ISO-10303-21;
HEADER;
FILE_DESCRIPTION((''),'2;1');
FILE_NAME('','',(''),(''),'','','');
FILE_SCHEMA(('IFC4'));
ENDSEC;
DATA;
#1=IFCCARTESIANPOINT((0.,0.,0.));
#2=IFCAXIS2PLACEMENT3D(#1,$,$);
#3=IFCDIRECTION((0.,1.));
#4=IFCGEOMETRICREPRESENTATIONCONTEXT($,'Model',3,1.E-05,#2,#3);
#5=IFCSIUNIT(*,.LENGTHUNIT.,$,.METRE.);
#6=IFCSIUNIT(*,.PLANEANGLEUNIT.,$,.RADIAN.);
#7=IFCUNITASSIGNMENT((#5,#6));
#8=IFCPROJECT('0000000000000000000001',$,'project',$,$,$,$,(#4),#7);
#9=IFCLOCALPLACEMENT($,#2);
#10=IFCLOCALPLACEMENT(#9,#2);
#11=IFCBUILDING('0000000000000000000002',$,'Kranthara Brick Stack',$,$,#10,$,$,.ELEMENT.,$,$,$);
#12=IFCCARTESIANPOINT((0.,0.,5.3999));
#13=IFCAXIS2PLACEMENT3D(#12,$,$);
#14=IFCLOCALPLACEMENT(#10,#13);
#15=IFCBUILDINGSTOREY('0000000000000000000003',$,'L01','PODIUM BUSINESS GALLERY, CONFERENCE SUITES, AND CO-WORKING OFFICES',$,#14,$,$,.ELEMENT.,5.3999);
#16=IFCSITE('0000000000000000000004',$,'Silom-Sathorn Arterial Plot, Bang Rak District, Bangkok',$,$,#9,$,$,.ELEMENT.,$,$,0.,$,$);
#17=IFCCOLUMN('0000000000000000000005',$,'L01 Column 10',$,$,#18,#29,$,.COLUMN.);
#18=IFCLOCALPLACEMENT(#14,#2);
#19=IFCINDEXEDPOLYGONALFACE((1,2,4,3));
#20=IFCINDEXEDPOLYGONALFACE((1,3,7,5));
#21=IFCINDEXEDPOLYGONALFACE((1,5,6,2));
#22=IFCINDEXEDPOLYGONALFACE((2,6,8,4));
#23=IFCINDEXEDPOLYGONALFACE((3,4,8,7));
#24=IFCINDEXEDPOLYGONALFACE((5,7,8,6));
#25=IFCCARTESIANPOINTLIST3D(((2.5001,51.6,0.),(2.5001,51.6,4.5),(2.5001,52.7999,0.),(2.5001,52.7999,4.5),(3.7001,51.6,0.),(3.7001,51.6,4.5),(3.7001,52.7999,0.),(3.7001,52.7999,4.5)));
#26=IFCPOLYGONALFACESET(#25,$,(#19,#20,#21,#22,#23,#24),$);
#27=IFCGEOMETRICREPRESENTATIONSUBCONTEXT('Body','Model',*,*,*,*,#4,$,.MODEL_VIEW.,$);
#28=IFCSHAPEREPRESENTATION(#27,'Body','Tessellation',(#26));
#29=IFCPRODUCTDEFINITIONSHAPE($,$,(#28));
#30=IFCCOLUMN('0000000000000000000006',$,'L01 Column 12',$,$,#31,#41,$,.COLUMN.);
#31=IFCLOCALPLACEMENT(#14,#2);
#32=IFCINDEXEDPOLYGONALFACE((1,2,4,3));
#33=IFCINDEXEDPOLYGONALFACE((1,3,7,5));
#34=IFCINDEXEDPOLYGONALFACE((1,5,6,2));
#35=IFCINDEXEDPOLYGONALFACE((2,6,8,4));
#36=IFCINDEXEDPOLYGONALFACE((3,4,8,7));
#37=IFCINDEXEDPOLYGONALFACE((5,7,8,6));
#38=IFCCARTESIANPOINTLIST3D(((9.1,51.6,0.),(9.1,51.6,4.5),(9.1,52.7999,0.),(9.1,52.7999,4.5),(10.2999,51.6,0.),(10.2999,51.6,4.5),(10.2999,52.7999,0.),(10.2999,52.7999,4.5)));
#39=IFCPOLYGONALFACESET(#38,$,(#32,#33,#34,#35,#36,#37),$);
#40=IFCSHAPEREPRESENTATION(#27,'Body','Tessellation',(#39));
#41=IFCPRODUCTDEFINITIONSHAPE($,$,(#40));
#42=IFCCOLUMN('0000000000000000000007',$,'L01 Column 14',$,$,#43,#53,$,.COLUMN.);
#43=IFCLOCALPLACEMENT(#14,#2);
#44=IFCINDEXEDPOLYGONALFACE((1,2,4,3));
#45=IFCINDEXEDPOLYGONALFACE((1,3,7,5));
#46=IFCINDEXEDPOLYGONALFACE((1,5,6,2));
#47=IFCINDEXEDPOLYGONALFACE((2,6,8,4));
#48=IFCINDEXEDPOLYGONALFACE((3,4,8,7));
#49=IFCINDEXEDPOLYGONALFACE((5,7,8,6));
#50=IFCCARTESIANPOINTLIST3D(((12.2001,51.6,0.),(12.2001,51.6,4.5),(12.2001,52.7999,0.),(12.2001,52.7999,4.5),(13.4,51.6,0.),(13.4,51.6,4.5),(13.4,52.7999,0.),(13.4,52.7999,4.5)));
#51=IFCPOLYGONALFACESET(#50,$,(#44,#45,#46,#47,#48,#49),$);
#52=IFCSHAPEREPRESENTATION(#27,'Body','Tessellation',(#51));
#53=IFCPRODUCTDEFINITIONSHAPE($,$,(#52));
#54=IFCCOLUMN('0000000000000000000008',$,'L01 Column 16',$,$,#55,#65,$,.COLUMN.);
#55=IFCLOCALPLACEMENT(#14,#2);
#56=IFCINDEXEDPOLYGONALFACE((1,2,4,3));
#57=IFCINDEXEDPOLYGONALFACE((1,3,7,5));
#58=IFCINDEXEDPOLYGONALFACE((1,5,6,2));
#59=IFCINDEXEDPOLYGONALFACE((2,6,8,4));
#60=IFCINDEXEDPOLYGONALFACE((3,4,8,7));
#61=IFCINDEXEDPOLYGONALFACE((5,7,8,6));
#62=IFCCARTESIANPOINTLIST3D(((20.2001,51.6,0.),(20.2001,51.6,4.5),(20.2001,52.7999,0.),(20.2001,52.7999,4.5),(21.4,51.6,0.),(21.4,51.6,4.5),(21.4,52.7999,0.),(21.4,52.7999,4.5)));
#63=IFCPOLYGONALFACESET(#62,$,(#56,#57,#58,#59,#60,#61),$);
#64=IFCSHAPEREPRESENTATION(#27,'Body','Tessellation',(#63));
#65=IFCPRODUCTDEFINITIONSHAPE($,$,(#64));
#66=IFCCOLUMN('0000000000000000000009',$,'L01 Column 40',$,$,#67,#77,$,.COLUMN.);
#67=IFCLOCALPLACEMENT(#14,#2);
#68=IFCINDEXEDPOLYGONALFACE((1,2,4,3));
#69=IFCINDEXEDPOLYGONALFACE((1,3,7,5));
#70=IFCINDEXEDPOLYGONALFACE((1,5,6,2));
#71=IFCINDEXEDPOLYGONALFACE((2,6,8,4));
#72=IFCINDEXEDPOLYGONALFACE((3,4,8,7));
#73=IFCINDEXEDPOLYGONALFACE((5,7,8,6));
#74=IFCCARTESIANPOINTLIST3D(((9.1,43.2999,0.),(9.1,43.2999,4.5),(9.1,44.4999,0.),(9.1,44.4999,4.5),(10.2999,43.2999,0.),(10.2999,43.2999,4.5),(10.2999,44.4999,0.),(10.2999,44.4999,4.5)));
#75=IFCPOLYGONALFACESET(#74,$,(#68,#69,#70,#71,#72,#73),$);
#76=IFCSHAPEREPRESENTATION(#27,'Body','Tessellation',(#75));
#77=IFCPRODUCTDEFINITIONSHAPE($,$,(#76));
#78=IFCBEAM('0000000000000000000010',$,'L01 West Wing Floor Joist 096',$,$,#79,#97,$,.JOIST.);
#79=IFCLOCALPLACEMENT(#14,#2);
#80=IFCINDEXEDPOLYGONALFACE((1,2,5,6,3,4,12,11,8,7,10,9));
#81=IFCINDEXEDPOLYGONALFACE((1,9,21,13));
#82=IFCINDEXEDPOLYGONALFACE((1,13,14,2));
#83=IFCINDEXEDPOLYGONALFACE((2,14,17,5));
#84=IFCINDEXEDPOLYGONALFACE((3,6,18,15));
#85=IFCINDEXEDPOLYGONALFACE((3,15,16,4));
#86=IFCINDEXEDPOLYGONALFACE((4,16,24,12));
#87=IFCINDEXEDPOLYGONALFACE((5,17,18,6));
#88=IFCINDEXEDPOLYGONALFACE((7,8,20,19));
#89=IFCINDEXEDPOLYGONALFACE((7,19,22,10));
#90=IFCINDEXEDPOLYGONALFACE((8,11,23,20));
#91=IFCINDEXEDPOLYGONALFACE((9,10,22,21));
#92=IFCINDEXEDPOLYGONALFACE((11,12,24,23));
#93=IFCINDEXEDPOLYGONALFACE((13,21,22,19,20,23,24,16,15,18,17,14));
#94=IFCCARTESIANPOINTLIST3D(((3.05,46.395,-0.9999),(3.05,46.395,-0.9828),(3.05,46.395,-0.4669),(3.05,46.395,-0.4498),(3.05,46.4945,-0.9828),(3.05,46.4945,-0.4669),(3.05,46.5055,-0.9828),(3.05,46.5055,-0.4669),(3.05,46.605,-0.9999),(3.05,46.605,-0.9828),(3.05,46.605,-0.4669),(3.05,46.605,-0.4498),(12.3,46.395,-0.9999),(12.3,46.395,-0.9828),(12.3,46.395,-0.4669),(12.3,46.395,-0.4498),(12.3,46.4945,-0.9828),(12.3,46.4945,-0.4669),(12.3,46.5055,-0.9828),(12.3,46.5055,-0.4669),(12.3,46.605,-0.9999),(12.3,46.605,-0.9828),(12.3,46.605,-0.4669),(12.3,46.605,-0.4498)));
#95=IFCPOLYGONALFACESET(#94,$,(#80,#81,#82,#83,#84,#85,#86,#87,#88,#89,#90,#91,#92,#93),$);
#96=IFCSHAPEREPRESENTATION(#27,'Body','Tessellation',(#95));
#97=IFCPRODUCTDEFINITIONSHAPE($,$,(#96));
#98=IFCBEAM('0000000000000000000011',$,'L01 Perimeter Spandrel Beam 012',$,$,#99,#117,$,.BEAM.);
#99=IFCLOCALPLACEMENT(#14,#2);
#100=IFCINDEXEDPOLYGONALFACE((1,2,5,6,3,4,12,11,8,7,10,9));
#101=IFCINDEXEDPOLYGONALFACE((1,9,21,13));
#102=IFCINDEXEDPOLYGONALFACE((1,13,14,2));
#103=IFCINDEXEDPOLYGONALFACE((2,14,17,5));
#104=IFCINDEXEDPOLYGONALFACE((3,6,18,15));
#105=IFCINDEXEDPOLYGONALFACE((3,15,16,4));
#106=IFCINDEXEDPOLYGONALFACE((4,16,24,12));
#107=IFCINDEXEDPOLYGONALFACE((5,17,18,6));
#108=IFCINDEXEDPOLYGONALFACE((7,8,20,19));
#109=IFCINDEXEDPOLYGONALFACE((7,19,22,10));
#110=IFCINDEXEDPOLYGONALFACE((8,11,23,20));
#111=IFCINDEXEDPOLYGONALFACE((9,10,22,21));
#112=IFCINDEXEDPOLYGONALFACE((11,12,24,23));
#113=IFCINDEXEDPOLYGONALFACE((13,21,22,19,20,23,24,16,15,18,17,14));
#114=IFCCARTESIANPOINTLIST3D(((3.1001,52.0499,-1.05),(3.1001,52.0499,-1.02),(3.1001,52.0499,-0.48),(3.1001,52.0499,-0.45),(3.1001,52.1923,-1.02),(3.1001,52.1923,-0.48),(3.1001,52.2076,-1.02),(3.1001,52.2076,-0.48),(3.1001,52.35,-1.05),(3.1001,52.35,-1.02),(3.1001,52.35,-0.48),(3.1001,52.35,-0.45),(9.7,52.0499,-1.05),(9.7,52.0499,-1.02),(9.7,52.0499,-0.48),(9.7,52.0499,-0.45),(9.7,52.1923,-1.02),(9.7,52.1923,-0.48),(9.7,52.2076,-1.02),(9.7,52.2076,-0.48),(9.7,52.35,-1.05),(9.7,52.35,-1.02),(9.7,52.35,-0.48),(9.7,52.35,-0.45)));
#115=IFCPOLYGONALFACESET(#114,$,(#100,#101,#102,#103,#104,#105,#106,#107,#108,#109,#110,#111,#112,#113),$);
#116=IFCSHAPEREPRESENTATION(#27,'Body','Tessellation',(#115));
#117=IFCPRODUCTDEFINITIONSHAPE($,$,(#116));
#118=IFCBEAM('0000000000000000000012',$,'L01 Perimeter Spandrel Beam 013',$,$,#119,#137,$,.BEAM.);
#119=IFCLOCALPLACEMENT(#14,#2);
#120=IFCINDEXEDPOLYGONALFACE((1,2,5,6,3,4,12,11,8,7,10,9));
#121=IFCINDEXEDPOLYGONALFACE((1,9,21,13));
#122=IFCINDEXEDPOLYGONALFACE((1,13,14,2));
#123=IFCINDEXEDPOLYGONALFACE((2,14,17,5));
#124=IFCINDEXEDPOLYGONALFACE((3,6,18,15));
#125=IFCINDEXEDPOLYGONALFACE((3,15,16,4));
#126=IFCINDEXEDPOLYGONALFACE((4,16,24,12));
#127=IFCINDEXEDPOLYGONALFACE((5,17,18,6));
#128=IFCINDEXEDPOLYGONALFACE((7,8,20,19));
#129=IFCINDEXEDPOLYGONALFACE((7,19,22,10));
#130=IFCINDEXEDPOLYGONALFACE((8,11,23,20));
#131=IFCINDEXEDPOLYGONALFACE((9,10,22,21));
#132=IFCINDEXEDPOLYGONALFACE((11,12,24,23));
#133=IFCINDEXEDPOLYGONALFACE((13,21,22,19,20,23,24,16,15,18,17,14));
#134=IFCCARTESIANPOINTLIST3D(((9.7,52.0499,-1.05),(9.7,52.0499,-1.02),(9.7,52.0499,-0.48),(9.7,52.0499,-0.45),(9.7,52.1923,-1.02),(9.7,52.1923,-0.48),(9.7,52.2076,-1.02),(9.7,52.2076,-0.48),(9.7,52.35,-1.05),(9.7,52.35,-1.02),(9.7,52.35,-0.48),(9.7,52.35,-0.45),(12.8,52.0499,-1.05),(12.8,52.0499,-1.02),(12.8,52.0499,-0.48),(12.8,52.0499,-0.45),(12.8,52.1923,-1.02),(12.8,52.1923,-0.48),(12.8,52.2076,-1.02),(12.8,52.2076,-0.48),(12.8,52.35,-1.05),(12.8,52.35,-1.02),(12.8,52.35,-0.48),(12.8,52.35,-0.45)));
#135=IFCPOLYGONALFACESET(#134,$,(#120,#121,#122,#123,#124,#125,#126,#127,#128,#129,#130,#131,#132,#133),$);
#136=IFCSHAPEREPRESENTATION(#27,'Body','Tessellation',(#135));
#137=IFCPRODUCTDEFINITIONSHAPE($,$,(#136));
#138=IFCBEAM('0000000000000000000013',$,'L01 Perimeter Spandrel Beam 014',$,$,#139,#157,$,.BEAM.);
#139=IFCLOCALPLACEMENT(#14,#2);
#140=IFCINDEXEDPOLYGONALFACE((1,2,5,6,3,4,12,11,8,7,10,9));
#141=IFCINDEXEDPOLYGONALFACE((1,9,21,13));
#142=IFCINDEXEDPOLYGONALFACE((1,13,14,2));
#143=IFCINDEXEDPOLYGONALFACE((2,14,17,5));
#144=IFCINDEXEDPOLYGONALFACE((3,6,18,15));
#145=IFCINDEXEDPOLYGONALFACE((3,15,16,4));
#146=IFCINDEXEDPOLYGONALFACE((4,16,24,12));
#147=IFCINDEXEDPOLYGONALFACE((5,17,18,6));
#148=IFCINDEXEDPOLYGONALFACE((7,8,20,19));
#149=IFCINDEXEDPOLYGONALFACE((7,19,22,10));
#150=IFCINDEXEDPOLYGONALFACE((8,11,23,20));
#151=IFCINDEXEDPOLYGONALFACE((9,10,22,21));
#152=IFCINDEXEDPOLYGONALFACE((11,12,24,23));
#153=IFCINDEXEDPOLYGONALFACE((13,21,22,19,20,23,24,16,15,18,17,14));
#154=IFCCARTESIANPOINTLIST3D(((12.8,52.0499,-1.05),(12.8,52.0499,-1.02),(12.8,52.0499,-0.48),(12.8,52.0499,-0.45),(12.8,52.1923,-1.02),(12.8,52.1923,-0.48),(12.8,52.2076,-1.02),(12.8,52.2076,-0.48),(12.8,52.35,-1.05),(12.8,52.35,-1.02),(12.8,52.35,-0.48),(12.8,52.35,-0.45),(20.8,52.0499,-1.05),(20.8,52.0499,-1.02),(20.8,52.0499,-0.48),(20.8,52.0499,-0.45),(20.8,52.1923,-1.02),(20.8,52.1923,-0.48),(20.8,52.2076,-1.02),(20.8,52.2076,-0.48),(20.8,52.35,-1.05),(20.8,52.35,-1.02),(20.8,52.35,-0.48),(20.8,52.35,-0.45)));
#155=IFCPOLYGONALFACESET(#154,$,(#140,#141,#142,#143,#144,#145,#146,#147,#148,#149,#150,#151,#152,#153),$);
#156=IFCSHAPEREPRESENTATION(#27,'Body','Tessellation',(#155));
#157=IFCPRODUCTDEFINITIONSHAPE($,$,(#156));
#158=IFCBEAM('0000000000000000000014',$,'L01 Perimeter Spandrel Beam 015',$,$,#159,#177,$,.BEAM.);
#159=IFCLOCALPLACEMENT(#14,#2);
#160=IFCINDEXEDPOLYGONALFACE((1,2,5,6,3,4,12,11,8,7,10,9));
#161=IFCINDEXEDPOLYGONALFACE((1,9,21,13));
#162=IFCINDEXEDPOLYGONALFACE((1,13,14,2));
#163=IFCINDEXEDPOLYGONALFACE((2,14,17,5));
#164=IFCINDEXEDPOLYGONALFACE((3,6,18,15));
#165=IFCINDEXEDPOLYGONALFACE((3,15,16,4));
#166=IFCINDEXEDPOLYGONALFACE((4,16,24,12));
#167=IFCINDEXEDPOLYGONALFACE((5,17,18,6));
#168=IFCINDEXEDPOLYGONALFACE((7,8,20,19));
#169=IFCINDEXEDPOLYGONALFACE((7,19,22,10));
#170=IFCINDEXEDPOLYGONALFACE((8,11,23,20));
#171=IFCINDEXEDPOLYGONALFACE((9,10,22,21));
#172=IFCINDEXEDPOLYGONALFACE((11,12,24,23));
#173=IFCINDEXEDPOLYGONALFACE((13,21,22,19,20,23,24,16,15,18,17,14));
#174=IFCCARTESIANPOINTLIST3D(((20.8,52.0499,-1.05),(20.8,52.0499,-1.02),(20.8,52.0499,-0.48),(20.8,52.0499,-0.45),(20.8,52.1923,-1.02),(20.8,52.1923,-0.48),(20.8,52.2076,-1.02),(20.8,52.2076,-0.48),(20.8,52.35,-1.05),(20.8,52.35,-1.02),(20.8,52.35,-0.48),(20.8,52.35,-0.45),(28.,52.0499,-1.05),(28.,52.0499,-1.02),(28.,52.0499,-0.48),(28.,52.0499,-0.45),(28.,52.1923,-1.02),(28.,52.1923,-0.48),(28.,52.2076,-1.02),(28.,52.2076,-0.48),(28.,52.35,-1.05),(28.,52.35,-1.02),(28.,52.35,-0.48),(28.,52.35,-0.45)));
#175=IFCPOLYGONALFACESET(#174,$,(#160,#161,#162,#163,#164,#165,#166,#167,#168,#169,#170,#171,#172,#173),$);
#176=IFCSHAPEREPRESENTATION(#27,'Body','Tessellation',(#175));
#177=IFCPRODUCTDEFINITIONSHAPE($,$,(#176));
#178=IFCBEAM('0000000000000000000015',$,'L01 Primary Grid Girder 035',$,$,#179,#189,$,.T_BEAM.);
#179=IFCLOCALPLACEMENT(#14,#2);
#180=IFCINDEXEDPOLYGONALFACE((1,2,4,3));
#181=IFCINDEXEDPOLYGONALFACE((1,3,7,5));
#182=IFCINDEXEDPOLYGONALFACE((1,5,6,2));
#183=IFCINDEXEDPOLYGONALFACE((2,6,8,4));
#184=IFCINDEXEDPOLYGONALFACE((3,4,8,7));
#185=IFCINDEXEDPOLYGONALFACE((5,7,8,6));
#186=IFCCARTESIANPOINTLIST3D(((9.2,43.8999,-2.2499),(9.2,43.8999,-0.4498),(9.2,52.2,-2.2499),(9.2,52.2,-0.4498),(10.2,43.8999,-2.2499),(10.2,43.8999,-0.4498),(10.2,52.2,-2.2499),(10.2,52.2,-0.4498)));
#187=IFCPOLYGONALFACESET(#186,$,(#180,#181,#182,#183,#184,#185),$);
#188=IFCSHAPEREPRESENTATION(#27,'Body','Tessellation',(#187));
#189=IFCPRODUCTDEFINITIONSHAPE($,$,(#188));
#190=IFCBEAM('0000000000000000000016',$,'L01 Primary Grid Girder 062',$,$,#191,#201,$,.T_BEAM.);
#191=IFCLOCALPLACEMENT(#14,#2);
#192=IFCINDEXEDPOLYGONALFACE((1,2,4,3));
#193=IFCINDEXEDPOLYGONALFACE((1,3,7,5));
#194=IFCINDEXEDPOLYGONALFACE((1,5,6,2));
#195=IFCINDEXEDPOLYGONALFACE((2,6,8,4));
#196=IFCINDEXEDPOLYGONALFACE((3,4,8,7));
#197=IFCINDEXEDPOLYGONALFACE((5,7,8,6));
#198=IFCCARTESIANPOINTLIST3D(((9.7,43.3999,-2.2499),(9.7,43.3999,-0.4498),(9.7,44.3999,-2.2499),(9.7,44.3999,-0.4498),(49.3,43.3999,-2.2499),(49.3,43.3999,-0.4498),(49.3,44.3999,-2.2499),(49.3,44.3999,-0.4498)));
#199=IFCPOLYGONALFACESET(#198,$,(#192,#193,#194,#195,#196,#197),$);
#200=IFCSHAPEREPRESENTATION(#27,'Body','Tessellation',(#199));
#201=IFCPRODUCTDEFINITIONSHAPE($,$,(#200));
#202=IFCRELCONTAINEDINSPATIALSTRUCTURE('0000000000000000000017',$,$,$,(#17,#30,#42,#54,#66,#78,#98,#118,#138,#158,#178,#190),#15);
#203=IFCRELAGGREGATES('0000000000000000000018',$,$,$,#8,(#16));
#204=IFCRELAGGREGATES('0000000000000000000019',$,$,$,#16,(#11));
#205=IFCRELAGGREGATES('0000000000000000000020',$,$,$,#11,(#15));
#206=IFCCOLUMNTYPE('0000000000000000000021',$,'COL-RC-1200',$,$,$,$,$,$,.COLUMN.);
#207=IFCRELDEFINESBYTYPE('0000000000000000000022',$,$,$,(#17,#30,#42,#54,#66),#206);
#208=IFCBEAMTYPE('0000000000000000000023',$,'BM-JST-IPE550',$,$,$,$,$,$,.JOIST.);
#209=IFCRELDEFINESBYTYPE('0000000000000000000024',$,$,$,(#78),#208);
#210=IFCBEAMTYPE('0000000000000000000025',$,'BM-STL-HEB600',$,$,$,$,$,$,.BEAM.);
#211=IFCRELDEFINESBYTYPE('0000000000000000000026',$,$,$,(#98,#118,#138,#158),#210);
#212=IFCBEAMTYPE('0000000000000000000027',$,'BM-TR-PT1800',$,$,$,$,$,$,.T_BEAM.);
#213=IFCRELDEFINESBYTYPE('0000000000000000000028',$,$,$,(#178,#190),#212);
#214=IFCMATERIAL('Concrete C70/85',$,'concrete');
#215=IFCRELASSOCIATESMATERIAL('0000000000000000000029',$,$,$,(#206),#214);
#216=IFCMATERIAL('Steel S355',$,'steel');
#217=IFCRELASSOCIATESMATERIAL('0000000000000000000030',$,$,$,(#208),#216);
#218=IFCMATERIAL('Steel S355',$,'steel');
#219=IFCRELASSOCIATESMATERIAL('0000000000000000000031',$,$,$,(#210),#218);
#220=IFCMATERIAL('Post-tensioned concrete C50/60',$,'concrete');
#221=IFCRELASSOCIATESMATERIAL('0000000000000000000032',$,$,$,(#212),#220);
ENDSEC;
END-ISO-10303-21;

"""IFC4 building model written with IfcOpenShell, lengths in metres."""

from ifc_helpers import new_model, si_unit, direction, frame, origin, origin_2d, place, context, subcontext, project, spatial, rectangle, i_section, extrude, material, material_profile, profile_set, type_object, element, save


model = new_model("IFC4")

# Units and contexts
model_context = context("Model", 3, precision=1e-05, world=origin(), true_north=direction((0.0, 1.0)))
body_context = subcontext(model_context, "Body", "Model", "MODEL_VIEW")
ifc_project = project(units=[si_unit("LENGTHUNIT", "METRE"), si_unit("PLANEANGLEUNIT", "RADIAN")], contexts=[model_context])

# Site, building, storey
site_placement = place(None, origin())
site = spatial("IfcSite", under=ifc_project, at=site_placement, Name="Silom-Sathorn Arterial Plot, Bang Rak District, Bangkok", CompositionType="ELEMENT", RefElevation=0.0)
building_placement = place(site_placement, origin())
building = spatial("IfcBuilding", under=site, at=building_placement, Name="Kranthara Brick Stack", CompositionType="ELEMENT")
storey_placement = place(building_placement, frame((0.0, 0.0, 5.3999)))
storey = spatial("IfcBuildingStorey", under=building, at=storey_placement, Name="L01", Description="PODIUM BUSINESS GALLERY, CONFERENCE SUITES, AND CO-WORKING OFFICES", CompositionType="ELEMENT", Elevation=5.3999)

# Columns
ifc_material_1 = material(Name="Concrete C70/85", Category="concrete")
ifc_material_profile_1 = material_profile(ifc_material_1, rectangle(XDim=1.2, YDim=1.2, at=origin_2d()), Name="RC 1200x1200")
ifc_profile_set_1 = profile_set([ifc_material_profile_1], Name="Concrete C70/85")
column_type = type_object("IfcColumnType", Name="COL-RC-1200", PredefinedType="COLUMN", material=ifc_profile_set_1)
for number, where, z_axis, x_axis, name in (
    (1, (3.1001, 52.2, 0.0), (0.0, 0.0, 1.0), (1.0, 0.0, 0.0), "L01 Column 10"),
    (2, (9.7, 52.2, 0.0), (0.0, 0.0, 1.0), (1.0, 0.0, 0.0), "L01 Column 12"),
    (3, (12.8, 52.2, 0.0), (0.0, 0.0, 1.0), (1.0, 0.0, 0.0), "L01 Column 14"),
    (4, (20.8, 52.2, 0.0), (0.0, 0.0, 1.0), (1.0, 0.0, 0.0), "L01 Column 16"),
    (5, (9.7, 43.8999, 0.0), (0.0, 0.0, 1.0), (1.0, 0.0, 0.0), "L01 Column 40"),
):
    element("IfcColumn", number, at=place(storey_placement, frame(where, z_axis=z_axis, x_axis=x_axis)), inside=storey, type_object=column_type, Name=name, PredefinedType="COLUMN", context=body_context, shape_type="SweptSolid", body=[
        extrude(rectangle(XDim=1.2, YDim=1.2, at=origin_2d()), origin(), (0.0, 0.0, 1.0), 4.5),
    ])

# Beams
ifc_material_2 = material(Name="Steel S355", Category="steel")
ifc_material_profile_2 = material_profile(ifc_material_2, i_section(OverallWidth=0.21, OverallDepth=0.55, WebThickness=0.011, FlangeThickness=0.0171, at=origin_2d()), Name="IPE 550")
ifc_profile_set_2 = profile_set([ifc_material_profile_2], Name="Steel S355")
beam_type_1 = type_object("IfcBeamType", Name="BM-JST-IPE550", PredefinedType="JOIST", material=ifc_profile_set_2)
beam_1_placement = place(storey_placement, frame((3.05, 46.5, -0.7249), z_axis=(1.0, 0.0, 0.0), x_axis=(0.0, 1.0, 0.0)))
element("IfcBeam", 6, at=beam_1_placement, inside=storey, type_object=beam_type_1, Name="L01 West Wing Floor Joist 096", PredefinedType="JOIST", context=body_context, shape_type="SweptSolid", body=[
    extrude(i_section(OverallWidth=0.21, OverallDepth=0.55, WebThickness=0.011, FlangeThickness=0.0171, at=origin_2d()), origin(), (0.0, 0.0, 1.0), 9.25),
])
ifc_material_3 = material(Name="Steel S355", Category="steel")
ifc_material_profile_3 = material_profile(ifc_material_3, i_section(OverallWidth=0.3, OverallDepth=0.6001, WebThickness=0.0154, FlangeThickness=0.03, at=origin_2d()), Name="HEB 600")
ifc_profile_set_3 = profile_set([ifc_material_profile_3], Name="Steel S355")
beam_type_2 = type_object("IfcBeamType", Name="BM-STL-HEB600", PredefinedType="BEAM", material=ifc_profile_set_3)
beam_2_placement = place(storey_placement, frame((3.1001, 52.2, -0.75), z_axis=(1.0, 0.0, 0.0), x_axis=(0.0, 1.0, 0.0)))
element("IfcBeam", 7, at=beam_2_placement, inside=storey, type_object=beam_type_2, Name="L01 Perimeter Spandrel Beam 012", PredefinedType="BEAM", context=body_context, shape_type="SweptSolid", body=[
    extrude(i_section(OverallWidth=0.3, OverallDepth=0.6001, WebThickness=0.0154, FlangeThickness=0.03, at=origin_2d()), origin(), (0.0, 0.0, 1.0), 6.5999),
])
beam_3_placement = place(storey_placement, frame((9.7, 52.2, -0.75), z_axis=(1.0, 0.0, 0.0), x_axis=(0.0, 1.0, 0.0)))
element("IfcBeam", 8, at=beam_3_placement, inside=storey, type_object=beam_type_2, Name="L01 Perimeter Spandrel Beam 013", PredefinedType="BEAM", context=body_context, shape_type="SweptSolid", body=[
    extrude(i_section(OverallWidth=0.3, OverallDepth=0.6001, WebThickness=0.0154, FlangeThickness=0.03, at=origin_2d()), origin(), (0.0, 0.0, 1.0), 3.1001),
])
beam_4_placement = place(storey_placement, frame((12.8, 52.2, -0.75), z_axis=(1.0, 0.0, 0.0), x_axis=(0.0, 1.0, 0.0)))
element("IfcBeam", 9, at=beam_4_placement, inside=storey, type_object=beam_type_2, Name="L01 Perimeter Spandrel Beam 014", PredefinedType="BEAM", context=body_context, shape_type="SweptSolid", body=[
    extrude(i_section(OverallWidth=0.3, OverallDepth=0.6001, WebThickness=0.0154, FlangeThickness=0.03, at=origin_2d()), origin(), (0.0, 0.0, 1.0), 8.0),
])
beam_5_placement = place(storey_placement, frame((20.8, 52.2, -0.75), z_axis=(1.0, 0.0, 0.0), x_axis=(0.0, 1.0, 0.0)))
element("IfcBeam", 10, at=beam_5_placement, inside=storey, type_object=beam_type_2, Name="L01 Perimeter Spandrel Beam 015", PredefinedType="BEAM", context=body_context, shape_type="SweptSolid", body=[
    extrude(i_section(OverallWidth=0.3, OverallDepth=0.6001, WebThickness=0.0154, FlangeThickness=0.03, at=origin_2d()), origin(), (0.0, 0.0, 1.0), 7.2),
])
ifc_material_4 = material(Name="Post-tensioned concrete C50/60", Category="concrete")
ifc_material_profile_4 = material_profile(ifc_material_4, rectangle(XDim=1.0, YDim=1.8, at=origin_2d()), Name="PT 1000x1800")
ifc_profile_set_4 = profile_set([ifc_material_profile_4], Name="Post-tensioned concrete C50/60")
beam_type_3 = type_object("IfcBeamType", Name="BM-TR-PT1800", PredefinedType="T_BEAM", material=ifc_profile_set_4)
beam_6_placement = place(storey_placement, frame((9.7, 43.8999, -1.3499), z_axis=(0.0, 1.0, 0.0), x_axis=(-1.0, 0.0, 0.0)))
element("IfcBeam", 11, at=beam_6_placement, inside=storey, type_object=beam_type_3, Name="L01 Primary Grid Girder 035", PredefinedType="T_BEAM", context=body_context, shape_type="SweptSolid", body=[
    extrude(rectangle(XDim=1.0, YDim=1.8, at=origin_2d()), origin(), (0.0, 0.0, 1.0), 8.3),
])
beam_7_placement = place(storey_placement, frame((9.7, 43.8999, -1.3499), z_axis=(1.0, 0.0, 0.0), x_axis=(0.0, 1.0, 0.0)))
element("IfcBeam", 12, at=beam_7_placement, inside=storey, type_object=beam_type_3, Name="L01 Primary Grid Girder 062", PredefinedType="T_BEAM", context=body_context, shape_type="SweptSolid", body=[
    extrude(rectangle(XDim=1.0, YDim=1.8, at=origin_2d()), origin(), (0.0, 0.0, 1.0), 39.6001),
])

save(model, "model.ifc")
